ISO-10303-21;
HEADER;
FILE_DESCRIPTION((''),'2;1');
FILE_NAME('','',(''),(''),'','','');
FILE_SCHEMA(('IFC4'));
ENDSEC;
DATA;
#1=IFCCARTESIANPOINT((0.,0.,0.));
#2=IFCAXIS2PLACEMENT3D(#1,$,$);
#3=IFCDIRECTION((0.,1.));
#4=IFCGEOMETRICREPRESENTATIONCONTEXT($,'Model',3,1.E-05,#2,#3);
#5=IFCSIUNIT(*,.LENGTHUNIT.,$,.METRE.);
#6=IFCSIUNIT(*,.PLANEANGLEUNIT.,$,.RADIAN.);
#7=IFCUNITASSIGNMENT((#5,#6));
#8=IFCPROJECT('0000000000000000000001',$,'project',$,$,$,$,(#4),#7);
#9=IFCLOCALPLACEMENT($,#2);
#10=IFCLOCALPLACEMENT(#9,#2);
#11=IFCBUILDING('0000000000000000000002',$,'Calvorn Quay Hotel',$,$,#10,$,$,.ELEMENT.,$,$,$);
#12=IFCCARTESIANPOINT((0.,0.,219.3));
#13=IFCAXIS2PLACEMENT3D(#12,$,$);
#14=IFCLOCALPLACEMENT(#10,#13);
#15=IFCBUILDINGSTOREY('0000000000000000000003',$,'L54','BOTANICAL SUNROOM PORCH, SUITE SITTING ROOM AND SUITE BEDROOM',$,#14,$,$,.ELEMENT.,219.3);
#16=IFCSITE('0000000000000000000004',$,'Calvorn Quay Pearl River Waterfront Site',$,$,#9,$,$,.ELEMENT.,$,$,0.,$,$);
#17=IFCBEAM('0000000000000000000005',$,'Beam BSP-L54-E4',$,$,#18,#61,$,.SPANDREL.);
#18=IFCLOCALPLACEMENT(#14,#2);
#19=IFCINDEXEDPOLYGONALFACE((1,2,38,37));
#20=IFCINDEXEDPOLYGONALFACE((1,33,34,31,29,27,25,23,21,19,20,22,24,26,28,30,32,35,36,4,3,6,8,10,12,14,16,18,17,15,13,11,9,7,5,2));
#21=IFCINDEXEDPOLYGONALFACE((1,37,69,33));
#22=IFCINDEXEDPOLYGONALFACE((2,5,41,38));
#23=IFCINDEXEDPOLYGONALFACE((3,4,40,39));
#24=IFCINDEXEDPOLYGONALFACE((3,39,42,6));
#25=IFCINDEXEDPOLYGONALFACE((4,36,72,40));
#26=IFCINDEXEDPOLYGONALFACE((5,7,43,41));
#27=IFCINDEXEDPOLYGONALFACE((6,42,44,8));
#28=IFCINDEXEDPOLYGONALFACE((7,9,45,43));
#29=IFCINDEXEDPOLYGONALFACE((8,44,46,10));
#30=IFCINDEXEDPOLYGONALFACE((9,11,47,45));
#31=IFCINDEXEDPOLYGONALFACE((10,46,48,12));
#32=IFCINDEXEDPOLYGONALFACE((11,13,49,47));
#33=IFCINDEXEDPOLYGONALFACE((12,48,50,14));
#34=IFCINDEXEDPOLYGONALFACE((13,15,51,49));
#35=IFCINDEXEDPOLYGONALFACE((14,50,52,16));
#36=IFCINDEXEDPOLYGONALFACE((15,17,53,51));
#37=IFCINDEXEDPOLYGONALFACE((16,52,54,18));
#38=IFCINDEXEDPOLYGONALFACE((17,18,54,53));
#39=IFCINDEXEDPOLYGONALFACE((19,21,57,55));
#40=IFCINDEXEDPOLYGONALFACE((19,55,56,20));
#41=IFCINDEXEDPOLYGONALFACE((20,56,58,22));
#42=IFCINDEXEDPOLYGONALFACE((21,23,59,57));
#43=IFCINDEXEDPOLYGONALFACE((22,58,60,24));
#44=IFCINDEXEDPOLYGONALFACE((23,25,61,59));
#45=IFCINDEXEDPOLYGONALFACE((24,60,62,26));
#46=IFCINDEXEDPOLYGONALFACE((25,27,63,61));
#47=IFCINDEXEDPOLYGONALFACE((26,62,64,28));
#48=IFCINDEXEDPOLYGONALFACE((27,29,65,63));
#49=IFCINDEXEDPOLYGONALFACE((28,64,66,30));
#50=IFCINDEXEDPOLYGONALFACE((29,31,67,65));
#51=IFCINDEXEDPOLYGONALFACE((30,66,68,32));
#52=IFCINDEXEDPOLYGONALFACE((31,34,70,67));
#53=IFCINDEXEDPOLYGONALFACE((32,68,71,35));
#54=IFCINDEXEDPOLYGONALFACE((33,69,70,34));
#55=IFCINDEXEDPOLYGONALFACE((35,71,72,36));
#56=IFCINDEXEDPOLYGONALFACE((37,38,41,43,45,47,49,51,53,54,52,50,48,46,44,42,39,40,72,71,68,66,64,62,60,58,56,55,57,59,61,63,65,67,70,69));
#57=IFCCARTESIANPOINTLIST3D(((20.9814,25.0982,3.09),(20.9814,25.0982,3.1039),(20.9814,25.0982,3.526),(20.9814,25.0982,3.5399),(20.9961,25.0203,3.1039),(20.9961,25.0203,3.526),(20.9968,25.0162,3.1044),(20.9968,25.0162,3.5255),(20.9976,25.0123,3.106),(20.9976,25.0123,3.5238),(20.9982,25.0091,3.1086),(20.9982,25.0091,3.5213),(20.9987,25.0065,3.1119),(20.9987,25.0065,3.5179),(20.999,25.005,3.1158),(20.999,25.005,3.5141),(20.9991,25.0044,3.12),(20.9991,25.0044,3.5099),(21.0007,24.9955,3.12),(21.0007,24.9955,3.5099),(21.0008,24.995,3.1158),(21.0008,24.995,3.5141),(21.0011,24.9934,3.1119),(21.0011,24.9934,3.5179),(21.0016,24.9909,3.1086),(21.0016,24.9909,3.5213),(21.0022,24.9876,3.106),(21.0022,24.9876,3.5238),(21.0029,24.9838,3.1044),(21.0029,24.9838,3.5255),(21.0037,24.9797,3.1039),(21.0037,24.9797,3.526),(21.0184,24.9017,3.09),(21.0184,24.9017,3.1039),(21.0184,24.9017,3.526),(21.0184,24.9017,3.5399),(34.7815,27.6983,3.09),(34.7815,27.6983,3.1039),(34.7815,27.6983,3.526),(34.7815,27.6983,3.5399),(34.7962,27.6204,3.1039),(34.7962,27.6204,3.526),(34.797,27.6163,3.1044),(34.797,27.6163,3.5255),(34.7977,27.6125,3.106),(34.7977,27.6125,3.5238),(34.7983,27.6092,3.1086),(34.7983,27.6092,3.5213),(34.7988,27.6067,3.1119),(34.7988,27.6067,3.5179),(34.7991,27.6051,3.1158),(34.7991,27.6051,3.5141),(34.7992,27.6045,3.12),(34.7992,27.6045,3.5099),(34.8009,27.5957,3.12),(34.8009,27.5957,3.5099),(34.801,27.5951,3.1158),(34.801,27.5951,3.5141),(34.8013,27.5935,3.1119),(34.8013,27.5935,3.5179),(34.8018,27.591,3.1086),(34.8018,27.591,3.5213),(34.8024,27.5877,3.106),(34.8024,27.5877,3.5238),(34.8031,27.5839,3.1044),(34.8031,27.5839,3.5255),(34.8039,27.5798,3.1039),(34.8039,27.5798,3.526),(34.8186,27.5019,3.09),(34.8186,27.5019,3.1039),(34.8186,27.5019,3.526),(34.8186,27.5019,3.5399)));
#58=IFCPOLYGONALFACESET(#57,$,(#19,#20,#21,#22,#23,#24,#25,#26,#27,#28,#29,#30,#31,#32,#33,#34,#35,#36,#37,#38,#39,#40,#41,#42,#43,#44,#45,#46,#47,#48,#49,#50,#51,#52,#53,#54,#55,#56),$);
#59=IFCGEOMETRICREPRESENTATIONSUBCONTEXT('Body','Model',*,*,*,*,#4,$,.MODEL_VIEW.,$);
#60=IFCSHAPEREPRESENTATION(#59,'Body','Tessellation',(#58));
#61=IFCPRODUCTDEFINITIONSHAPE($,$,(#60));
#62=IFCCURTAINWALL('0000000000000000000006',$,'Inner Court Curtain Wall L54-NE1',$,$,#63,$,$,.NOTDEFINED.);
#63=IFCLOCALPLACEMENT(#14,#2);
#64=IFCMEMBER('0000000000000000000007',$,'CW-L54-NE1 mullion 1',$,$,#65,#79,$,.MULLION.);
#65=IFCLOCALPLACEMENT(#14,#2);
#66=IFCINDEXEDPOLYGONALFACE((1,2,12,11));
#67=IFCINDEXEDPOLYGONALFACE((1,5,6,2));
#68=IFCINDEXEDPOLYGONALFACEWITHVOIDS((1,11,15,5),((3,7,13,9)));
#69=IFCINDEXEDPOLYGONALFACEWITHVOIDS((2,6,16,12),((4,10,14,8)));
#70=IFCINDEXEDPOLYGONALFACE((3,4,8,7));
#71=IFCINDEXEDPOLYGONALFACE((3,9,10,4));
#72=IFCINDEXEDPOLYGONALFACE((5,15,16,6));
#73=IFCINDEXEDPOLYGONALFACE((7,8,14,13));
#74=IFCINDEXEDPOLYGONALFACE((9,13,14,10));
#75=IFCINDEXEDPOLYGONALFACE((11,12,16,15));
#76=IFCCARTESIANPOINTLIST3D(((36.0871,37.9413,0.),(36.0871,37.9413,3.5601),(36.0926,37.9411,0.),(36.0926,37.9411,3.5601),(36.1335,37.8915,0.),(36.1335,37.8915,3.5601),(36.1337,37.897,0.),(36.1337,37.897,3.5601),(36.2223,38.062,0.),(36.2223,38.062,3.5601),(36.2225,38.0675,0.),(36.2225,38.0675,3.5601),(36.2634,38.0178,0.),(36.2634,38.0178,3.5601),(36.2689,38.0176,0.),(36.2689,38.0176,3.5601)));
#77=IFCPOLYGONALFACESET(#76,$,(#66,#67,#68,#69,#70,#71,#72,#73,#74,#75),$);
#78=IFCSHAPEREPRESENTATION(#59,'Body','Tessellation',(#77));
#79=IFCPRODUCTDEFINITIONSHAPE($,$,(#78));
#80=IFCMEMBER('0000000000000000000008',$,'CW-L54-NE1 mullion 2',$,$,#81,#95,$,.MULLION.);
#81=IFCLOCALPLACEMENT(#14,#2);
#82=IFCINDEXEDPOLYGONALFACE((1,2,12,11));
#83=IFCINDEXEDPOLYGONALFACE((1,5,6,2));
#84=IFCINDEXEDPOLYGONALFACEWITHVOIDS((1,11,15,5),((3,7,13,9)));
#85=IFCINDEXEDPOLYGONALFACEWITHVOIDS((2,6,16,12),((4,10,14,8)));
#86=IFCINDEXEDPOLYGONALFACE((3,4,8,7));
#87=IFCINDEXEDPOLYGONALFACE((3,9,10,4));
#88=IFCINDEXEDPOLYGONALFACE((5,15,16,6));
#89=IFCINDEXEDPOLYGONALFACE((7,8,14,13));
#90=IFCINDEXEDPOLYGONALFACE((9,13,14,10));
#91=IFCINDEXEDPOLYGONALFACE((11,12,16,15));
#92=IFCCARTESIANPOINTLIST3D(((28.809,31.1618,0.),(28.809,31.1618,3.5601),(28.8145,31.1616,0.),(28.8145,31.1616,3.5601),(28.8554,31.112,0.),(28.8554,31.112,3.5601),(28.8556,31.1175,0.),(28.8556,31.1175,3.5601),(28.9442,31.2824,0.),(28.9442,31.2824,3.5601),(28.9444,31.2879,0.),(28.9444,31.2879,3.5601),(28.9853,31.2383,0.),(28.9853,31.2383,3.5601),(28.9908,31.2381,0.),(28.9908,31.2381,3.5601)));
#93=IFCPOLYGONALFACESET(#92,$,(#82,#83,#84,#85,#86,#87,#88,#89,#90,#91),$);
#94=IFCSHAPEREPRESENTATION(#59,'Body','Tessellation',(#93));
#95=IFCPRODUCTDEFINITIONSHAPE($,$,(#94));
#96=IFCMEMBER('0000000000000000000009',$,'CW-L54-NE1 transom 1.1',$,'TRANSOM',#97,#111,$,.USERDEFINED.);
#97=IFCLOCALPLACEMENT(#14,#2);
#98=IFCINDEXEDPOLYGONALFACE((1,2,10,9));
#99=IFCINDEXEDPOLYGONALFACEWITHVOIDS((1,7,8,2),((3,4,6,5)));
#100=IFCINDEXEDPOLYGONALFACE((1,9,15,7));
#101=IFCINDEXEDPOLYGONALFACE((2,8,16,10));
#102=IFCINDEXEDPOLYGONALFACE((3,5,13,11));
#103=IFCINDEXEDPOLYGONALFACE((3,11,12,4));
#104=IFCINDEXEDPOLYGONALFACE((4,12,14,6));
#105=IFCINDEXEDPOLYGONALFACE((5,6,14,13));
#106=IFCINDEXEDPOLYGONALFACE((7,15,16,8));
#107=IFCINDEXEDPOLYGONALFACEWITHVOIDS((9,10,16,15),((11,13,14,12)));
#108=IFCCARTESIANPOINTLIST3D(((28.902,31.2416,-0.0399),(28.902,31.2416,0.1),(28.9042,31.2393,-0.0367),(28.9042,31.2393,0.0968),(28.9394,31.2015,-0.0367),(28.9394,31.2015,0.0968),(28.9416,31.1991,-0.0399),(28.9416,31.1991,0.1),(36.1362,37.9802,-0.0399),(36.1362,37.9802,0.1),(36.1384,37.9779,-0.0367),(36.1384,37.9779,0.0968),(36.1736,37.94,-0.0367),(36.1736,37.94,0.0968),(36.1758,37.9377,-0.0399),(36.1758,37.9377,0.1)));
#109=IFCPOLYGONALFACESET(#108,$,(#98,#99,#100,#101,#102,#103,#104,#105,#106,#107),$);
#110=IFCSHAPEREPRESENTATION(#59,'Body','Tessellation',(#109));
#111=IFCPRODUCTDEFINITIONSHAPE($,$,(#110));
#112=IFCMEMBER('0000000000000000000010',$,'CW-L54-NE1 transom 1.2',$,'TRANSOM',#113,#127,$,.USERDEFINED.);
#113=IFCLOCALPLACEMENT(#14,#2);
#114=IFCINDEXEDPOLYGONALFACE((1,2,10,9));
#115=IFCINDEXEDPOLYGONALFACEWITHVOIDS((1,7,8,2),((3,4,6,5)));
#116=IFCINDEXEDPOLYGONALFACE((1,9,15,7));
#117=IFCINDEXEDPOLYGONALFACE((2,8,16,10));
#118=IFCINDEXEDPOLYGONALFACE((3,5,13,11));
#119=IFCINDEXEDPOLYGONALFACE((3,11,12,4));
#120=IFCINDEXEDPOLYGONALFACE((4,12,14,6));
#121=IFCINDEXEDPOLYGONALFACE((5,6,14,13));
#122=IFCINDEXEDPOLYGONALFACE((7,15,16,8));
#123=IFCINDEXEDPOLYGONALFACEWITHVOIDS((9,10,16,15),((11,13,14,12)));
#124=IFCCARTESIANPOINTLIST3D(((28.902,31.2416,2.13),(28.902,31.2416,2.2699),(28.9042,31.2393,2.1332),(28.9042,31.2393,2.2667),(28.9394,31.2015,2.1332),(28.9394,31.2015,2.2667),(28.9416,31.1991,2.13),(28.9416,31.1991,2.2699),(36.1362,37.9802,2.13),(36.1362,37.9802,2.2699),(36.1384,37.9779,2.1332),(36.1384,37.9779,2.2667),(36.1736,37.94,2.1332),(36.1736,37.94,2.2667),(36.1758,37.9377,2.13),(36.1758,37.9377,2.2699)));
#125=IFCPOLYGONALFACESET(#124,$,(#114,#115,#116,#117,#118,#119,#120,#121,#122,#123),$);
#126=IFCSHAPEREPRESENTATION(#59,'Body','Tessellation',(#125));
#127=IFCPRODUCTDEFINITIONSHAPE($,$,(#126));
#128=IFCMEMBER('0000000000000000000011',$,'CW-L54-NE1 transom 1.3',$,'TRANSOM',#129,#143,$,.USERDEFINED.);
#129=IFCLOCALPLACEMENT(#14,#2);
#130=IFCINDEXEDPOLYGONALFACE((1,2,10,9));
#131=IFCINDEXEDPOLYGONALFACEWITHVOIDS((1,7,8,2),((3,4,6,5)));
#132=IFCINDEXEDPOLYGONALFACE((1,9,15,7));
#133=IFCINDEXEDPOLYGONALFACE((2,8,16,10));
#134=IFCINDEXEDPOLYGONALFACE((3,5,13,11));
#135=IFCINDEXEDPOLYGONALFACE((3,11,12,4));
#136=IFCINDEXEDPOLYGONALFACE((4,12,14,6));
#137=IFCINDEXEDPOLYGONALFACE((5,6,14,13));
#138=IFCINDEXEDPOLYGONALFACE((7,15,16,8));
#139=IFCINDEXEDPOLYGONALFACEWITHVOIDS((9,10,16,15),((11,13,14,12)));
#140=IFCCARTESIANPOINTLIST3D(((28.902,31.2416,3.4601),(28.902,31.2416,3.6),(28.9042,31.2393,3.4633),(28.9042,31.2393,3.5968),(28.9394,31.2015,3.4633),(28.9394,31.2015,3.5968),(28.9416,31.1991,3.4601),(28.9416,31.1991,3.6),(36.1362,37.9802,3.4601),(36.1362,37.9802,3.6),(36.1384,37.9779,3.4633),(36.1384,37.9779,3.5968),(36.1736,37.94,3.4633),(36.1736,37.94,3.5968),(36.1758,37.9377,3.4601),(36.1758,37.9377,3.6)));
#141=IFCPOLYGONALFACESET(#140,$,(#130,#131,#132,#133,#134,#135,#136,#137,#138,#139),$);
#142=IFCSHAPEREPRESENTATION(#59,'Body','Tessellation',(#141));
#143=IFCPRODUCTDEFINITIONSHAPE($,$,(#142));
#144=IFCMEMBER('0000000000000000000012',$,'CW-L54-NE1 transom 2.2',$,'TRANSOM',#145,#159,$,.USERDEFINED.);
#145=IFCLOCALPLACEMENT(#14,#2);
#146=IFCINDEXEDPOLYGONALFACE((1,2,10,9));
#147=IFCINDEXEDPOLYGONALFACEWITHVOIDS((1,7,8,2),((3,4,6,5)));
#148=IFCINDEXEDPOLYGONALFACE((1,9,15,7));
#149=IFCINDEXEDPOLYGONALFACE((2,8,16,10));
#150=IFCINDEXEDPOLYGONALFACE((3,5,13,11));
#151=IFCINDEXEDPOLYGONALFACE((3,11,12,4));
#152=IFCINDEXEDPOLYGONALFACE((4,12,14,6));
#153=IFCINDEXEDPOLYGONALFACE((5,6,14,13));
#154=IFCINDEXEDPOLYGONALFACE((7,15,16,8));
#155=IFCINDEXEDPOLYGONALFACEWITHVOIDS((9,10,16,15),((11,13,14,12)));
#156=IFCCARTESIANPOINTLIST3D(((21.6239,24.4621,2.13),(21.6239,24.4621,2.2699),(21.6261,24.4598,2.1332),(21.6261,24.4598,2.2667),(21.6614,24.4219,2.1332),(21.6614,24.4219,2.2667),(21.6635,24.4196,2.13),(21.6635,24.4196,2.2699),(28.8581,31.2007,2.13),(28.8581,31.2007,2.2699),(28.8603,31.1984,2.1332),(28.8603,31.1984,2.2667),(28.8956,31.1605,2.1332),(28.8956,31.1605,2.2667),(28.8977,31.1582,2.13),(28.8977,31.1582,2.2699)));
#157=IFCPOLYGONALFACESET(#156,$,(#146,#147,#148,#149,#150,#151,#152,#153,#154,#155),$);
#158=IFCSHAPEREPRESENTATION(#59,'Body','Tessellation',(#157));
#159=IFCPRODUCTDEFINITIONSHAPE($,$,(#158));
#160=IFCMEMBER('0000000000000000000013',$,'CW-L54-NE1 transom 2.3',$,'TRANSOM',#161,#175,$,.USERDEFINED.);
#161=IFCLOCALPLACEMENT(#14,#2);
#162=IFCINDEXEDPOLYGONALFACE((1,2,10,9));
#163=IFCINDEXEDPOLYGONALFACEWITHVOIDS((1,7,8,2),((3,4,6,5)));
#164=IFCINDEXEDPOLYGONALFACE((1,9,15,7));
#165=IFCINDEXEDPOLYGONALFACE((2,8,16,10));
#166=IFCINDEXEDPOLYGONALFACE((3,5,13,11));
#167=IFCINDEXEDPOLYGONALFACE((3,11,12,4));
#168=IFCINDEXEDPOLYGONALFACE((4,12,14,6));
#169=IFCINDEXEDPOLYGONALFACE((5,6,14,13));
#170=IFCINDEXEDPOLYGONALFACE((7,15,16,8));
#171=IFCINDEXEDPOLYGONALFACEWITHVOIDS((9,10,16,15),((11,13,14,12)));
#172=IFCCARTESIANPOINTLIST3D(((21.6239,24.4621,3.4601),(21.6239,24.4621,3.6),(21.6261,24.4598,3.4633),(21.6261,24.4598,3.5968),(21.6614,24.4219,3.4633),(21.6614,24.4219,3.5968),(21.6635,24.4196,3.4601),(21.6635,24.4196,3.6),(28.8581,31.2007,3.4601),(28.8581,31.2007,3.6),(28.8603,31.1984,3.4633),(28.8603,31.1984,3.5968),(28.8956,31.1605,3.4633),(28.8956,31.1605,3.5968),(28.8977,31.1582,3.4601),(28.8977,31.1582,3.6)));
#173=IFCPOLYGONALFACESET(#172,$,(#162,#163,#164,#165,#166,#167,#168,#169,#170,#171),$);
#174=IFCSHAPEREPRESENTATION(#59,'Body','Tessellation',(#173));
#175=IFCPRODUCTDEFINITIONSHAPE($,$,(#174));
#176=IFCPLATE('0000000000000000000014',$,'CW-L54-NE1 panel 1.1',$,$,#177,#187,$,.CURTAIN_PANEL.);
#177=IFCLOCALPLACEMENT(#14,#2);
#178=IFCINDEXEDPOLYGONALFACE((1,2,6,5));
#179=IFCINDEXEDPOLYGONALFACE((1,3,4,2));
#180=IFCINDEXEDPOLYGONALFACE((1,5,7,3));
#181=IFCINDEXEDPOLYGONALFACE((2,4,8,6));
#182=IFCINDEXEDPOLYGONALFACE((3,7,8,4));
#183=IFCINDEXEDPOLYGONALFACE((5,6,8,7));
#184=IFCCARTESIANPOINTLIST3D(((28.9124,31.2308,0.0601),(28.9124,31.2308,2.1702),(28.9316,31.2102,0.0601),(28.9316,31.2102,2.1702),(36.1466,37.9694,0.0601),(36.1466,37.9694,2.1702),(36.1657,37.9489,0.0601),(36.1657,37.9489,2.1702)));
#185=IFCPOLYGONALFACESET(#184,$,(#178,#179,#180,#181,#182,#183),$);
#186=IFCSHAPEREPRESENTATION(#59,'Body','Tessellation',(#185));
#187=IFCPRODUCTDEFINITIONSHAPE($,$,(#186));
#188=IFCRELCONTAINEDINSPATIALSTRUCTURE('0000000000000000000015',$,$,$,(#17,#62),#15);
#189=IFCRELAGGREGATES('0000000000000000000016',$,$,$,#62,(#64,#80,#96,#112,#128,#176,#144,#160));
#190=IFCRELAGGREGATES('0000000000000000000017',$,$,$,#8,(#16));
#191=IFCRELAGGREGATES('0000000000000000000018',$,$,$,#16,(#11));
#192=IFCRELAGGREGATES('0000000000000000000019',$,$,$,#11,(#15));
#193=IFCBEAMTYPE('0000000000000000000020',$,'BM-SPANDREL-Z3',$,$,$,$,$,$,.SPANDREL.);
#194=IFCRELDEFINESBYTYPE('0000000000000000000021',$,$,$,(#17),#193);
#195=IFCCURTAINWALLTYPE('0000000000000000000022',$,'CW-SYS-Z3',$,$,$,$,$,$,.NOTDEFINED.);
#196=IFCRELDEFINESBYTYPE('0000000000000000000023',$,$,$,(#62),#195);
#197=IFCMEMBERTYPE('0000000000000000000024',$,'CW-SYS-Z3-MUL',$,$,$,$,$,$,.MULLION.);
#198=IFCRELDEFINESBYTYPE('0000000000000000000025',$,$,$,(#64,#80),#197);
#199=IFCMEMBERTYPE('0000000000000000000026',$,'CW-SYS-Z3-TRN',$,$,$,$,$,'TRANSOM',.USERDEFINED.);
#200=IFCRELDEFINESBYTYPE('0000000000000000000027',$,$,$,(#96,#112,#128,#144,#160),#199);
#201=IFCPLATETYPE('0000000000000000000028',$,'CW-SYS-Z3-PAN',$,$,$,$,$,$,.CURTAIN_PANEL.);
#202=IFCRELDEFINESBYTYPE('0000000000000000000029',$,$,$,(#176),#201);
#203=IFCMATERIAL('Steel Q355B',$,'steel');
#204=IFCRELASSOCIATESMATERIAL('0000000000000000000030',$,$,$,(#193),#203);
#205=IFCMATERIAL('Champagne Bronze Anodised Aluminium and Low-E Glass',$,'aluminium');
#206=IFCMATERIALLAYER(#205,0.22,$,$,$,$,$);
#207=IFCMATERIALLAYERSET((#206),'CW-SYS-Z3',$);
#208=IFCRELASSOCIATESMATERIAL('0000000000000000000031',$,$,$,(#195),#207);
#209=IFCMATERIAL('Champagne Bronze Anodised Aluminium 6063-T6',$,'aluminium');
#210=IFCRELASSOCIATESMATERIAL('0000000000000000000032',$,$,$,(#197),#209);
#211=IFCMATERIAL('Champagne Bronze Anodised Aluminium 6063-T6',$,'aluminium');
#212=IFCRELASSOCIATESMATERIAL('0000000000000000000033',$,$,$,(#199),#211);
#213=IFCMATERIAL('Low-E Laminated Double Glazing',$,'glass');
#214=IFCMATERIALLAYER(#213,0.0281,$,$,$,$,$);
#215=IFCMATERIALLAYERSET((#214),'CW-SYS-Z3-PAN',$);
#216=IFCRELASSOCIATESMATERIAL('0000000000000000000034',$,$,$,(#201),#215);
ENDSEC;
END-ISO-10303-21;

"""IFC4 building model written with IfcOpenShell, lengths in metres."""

from ifc_helpers import new_model, si_unit, direction, frame, origin, origin_2d, place, context, subcontext, project, spatial, rectangle, hollow_rectangle, i_section, extrude, material, layer, layer_set, material_profile, profile_set, type_object, element, aggregate, save


model = new_model("IFC4")

# Units and contexts
model_context = context("Model", 3, precision=1e-05, world=origin(), true_north=direction((0.0, 1.0)))
body_context = subcontext(model_context, "Body", "Model", "MODEL_VIEW")
ifc_project = project(units=[si_unit("LENGTHUNIT", "METRE"), si_unit("PLANEANGLEUNIT", "RADIAN")], contexts=[model_context])

# Site, building, storey
site_placement = place(None, origin())
site = spatial("IfcSite", under=ifc_project, at=site_placement, Name="Calvorn Quay Pearl River Waterfront Site", CompositionType="ELEMENT", RefElevation=0.0)
building_placement = place(site_placement, origin())
building = spatial("IfcBuilding", under=site, at=building_placement, Name="Calvorn Quay Hotel", CompositionType="ELEMENT")
storey_placement = place(building_placement, frame((0.0, 0.0, 219.3)))
storey = spatial("IfcBuildingStorey", under=building, at=storey_placement, Name="L54", Description="BOTANICAL SUNROOM PORCH, SUITE SITTING ROOM AND SUITE BEDROOM", CompositionType="ELEMENT", Elevation=219.3)

# Beam
ifc_material_1 = material(Name="Steel Q355B", Category="steel")
ifc_material_profile_1 = material_profile(ifc_material_1, i_section(OverallWidth=0.2, OverallDepth=0.45, WebThickness=0.009, FlangeThickness=0.0139, FilletRadius=0.0161, at=origin_2d()), Name="HN450x200x9x14")
ifc_profile_set_1 = profile_set([ifc_material_profile_1], Name="Steel Q355B")
beam_type = type_object("IfcBeamType", Name="BM-SPANDREL-Z3", PredefinedType="SPANDREL", material=ifc_profile_set_1)
beam_1_placement = place(storey_placement, frame((34.8, 27.6001, 3.3149), z_axis=(-0.982709, -0.185154, 0.0), x_axis=(0.185154, -0.982709, 0.0)))
element("IfcBeam", 1, at=beam_1_placement, inside=storey, type_object=beam_type, Name="Beam BSP-L54-E4", PredefinedType="SPANDREL", context=body_context, shape_type="SweptSolid", body=[
    extrude(i_section(OverallWidth=0.2, OverallDepth=0.45, WebThickness=0.009, FlangeThickness=0.0139, FilletRadius=0.0161, at=origin_2d()), origin(), (0.0, 0.0, 1.0), 14.043),
])

# Curtain wall, members, plate
ifc_material_2 = material(Name="Champagne Bronze Anodised Aluminium and Low-E Glass", Category="aluminium")
ifc_layer_1 = layer(ifc_material_2, 0.22)
ifc_layer_set_1 = layer_set([ifc_layer_1], Name="CW-SYS-Z3")
curtain_wall_type = type_object("IfcCurtainWallType", Name="CW-SYS-Z3", PredefinedType="NOTDEFINED", material=ifc_layer_set_1)
curtain_wall_placement = place(storey_placement, origin())
curtain_wall = element("IfcCurtainWall", 2, at=curtain_wall_placement, inside=storey, type_object=curtain_wall_type, Name="Inner Court Curtain Wall L54-NE1", PredefinedType="NOTDEFINED")
ifc_material_3 = material(Name="Champagne Bronze Anodised Aluminium 6063-T6", Category="aluminium")
ifc_material_profile_2 = material_profile(ifc_material_3, hollow_rectangle(XDim=0.0681, YDim=0.1851, WallThickness=0.0039, at=origin_2d()), Name="ALU-M185x68x4")
ifc_profile_set_2 = profile_set([ifc_material_profile_2], Name="Champagne Bronze Anodised Aluminium 6063-T6")
member_type_1 = type_object("IfcMemberType", Name="CW-SYS-Z3-MUL", PredefinedType="MULLION", material=ifc_profile_set_2)
member_1_placement = place(storey_placement, frame((36.178, 37.9795, 0.0), z_axis=(0.0, 0.0, 1.0), x_axis=(0.681604, -0.731722, 0.0)))
member_1 = element("IfcMember", 3, at=member_1_placement, type_object=member_type_1, Name="CW-L54-NE1 mullion 1", PredefinedType="MULLION", context=body_context, shape_type="SweptSolid", body=[
    extrude(hollow_rectangle(XDim=0.0681, YDim=0.1851, WallThickness=0.0039, at=origin_2d()), origin(), (0.0, 0.0, 1.0), 3.5601),
])
member_2_placement = place(storey_placement, frame((28.8999, 31.2, 0.0), z_axis=(0.0, 0.0, 1.0), x_axis=(0.681604, -0.731722, 0.0)))
member_2 = element("IfcMember", 4, at=member_2_placement, type_object=member_type_1, Name="CW-L54-NE1 mullion 2", PredefinedType="MULLION", context=body_context, shape_type="SweptSolid", body=[
    extrude(hollow_rectangle(XDim=0.0681, YDim=0.1851, WallThickness=0.0039, at=origin_2d()), origin(), (0.0, 0.0, 1.0), 3.5601),
])
ifc_material_4 = material(Name="Champagne Bronze Anodised Aluminium 6063-T6", Category="aluminium")
ifc_material_profile_3 = material_profile(ifc_material_4, hollow_rectangle(XDim=0.0581, YDim=0.1399, WallThickness=0.0032, at=origin_2d()), Name="ALU-T140x58x3.2")
ifc_profile_set_3 = profile_set([ifc_material_profile_3], Name="Champagne Bronze Anodised Aluminium 6063-T6")
member_type_2 = type_object("IfcMemberType", Name="CW-SYS-Z3-TRN", ElementType="TRANSOM", PredefinedType="USERDEFINED", material=ifc_profile_set_3)
member_3_placement = place(storey_placement, frame((36.156, 37.959, 0.03), z_axis=(-0.731727, -0.681597, 0.0), x_axis=(0.681597, -0.731727, 0.0)))
member_3 = element("IfcMember", 5, at=member_3_placement, type_object=member_type_2, Name="CW-L54-NE1 transom 1.1", ObjectType="TRANSOM", PredefinedType="USERDEFINED", context=body_context, shape_type="SweptSolid", body=[
    extrude(hollow_rectangle(XDim=0.0581, YDim=0.1399, WallThickness=0.0032, at=origin_2d()), origin(), (0.0, 0.0, 1.0), 9.8865),
])
member_4_placement = place(storey_placement, frame((36.156, 37.959, 2.2), z_axis=(-0.731727, -0.681597, 0.0), x_axis=(0.681597, -0.731727, 0.0)))
member_4 = element("IfcMember", 6, at=member_4_placement, type_object=member_type_2, Name="CW-L54-NE1 transom 1.2", ObjectType="TRANSOM", PredefinedType="USERDEFINED", context=body_context, shape_type="SweptSolid", body=[
    extrude(hollow_rectangle(XDim=0.0581, YDim=0.1399, WallThickness=0.0032, at=origin_2d()), origin(), (0.0, 0.0, 1.0), 9.8865),
])
member_5_placement = place(storey_placement, frame((36.156, 37.959, 3.53), z_axis=(-0.731727, -0.681597, 0.0), x_axis=(0.681597, -0.731727, 0.0)))
member_5 = element("IfcMember", 7, at=member_5_placement, type_object=member_type_2, Name="CW-L54-NE1 transom 1.3", ObjectType="TRANSOM", PredefinedType="USERDEFINED", context=body_context, shape_type="SweptSolid", body=[
    extrude(hollow_rectangle(XDim=0.0581, YDim=0.1399, WallThickness=0.0032, at=origin_2d()), origin(), (0.0, 0.0, 1.0), 9.8865),
])
member_6_placement = place(storey_placement, frame((28.8779, 31.1794, 2.2), z_axis=(-0.731727, -0.681597, 0.0), x_axis=(0.681597, -0.731727, 0.0)))
member_6 = element("IfcMember", 8, at=member_6_placement, type_object=member_type_2, Name="CW-L54-NE1 transom 2.2", ObjectType="TRANSOM", PredefinedType="USERDEFINED", context=body_context, shape_type="SweptSolid", body=[
    extrude(hollow_rectangle(XDim=0.0581, YDim=0.1399, WallThickness=0.0032, at=origin_2d()), origin(), (0.0, 0.0, 1.0), 9.8865),
])
member_7_placement = place(storey_placement, frame((28.8779, 31.1794, 3.53), z_axis=(-0.731727, -0.681597, 0.0), x_axis=(0.681597, -0.731727, 0.0)))
member_7 = element("IfcMember", 9, at=member_7_placement, type_object=member_type_2, Name="CW-L54-NE1 transom 2.3", ObjectType="TRANSOM", PredefinedType="USERDEFINED", context=body_context, shape_type="SweptSolid", body=[
    extrude(hollow_rectangle(XDim=0.0581, YDim=0.1399, WallThickness=0.0032, at=origin_2d()), origin(), (0.0, 0.0, 1.0), 9.8865),
])
ifc_material_5 = material(Name="Low-E Laminated Double Glazing", Category="glass")
ifc_layer_2 = layer(ifc_material_5, 0.0281)
ifc_layer_set_2 = layer_set([ifc_layer_2], Name="CW-SYS-Z3-PAN")
plate_type_1 = type_object("IfcPlateType", Name="CW-SYS-Z3-PAN", PredefinedType="CURTAIN_PANEL", material=ifc_layer_set_2)
plate_1_placement = place(storey_placement, frame((32.5391, 34.5898, 0.0601), z_axis=(0.0, 0.0, 1.0), x_axis=(-0.731722, -0.681604, 0.0)))
plate_1 = element("IfcPlate", 10, at=plate_1_placement, type_object=plate_type_1, Name="CW-L54-NE1 panel 1.1", PredefinedType="CURTAIN_PANEL", context=body_context, shape_type="SweptSolid", body=[
    extrude(rectangle(XDim=9.8865, YDim=0.0281, at=origin_2d()), origin(), (0.0, 0.0, 1.0), 2.1101),
])
aggregate(curtain_wall, [member_1, member_2, member_3, member_4, member_5, plate_1, member_6, member_7])

save(model, "model.ifc")
